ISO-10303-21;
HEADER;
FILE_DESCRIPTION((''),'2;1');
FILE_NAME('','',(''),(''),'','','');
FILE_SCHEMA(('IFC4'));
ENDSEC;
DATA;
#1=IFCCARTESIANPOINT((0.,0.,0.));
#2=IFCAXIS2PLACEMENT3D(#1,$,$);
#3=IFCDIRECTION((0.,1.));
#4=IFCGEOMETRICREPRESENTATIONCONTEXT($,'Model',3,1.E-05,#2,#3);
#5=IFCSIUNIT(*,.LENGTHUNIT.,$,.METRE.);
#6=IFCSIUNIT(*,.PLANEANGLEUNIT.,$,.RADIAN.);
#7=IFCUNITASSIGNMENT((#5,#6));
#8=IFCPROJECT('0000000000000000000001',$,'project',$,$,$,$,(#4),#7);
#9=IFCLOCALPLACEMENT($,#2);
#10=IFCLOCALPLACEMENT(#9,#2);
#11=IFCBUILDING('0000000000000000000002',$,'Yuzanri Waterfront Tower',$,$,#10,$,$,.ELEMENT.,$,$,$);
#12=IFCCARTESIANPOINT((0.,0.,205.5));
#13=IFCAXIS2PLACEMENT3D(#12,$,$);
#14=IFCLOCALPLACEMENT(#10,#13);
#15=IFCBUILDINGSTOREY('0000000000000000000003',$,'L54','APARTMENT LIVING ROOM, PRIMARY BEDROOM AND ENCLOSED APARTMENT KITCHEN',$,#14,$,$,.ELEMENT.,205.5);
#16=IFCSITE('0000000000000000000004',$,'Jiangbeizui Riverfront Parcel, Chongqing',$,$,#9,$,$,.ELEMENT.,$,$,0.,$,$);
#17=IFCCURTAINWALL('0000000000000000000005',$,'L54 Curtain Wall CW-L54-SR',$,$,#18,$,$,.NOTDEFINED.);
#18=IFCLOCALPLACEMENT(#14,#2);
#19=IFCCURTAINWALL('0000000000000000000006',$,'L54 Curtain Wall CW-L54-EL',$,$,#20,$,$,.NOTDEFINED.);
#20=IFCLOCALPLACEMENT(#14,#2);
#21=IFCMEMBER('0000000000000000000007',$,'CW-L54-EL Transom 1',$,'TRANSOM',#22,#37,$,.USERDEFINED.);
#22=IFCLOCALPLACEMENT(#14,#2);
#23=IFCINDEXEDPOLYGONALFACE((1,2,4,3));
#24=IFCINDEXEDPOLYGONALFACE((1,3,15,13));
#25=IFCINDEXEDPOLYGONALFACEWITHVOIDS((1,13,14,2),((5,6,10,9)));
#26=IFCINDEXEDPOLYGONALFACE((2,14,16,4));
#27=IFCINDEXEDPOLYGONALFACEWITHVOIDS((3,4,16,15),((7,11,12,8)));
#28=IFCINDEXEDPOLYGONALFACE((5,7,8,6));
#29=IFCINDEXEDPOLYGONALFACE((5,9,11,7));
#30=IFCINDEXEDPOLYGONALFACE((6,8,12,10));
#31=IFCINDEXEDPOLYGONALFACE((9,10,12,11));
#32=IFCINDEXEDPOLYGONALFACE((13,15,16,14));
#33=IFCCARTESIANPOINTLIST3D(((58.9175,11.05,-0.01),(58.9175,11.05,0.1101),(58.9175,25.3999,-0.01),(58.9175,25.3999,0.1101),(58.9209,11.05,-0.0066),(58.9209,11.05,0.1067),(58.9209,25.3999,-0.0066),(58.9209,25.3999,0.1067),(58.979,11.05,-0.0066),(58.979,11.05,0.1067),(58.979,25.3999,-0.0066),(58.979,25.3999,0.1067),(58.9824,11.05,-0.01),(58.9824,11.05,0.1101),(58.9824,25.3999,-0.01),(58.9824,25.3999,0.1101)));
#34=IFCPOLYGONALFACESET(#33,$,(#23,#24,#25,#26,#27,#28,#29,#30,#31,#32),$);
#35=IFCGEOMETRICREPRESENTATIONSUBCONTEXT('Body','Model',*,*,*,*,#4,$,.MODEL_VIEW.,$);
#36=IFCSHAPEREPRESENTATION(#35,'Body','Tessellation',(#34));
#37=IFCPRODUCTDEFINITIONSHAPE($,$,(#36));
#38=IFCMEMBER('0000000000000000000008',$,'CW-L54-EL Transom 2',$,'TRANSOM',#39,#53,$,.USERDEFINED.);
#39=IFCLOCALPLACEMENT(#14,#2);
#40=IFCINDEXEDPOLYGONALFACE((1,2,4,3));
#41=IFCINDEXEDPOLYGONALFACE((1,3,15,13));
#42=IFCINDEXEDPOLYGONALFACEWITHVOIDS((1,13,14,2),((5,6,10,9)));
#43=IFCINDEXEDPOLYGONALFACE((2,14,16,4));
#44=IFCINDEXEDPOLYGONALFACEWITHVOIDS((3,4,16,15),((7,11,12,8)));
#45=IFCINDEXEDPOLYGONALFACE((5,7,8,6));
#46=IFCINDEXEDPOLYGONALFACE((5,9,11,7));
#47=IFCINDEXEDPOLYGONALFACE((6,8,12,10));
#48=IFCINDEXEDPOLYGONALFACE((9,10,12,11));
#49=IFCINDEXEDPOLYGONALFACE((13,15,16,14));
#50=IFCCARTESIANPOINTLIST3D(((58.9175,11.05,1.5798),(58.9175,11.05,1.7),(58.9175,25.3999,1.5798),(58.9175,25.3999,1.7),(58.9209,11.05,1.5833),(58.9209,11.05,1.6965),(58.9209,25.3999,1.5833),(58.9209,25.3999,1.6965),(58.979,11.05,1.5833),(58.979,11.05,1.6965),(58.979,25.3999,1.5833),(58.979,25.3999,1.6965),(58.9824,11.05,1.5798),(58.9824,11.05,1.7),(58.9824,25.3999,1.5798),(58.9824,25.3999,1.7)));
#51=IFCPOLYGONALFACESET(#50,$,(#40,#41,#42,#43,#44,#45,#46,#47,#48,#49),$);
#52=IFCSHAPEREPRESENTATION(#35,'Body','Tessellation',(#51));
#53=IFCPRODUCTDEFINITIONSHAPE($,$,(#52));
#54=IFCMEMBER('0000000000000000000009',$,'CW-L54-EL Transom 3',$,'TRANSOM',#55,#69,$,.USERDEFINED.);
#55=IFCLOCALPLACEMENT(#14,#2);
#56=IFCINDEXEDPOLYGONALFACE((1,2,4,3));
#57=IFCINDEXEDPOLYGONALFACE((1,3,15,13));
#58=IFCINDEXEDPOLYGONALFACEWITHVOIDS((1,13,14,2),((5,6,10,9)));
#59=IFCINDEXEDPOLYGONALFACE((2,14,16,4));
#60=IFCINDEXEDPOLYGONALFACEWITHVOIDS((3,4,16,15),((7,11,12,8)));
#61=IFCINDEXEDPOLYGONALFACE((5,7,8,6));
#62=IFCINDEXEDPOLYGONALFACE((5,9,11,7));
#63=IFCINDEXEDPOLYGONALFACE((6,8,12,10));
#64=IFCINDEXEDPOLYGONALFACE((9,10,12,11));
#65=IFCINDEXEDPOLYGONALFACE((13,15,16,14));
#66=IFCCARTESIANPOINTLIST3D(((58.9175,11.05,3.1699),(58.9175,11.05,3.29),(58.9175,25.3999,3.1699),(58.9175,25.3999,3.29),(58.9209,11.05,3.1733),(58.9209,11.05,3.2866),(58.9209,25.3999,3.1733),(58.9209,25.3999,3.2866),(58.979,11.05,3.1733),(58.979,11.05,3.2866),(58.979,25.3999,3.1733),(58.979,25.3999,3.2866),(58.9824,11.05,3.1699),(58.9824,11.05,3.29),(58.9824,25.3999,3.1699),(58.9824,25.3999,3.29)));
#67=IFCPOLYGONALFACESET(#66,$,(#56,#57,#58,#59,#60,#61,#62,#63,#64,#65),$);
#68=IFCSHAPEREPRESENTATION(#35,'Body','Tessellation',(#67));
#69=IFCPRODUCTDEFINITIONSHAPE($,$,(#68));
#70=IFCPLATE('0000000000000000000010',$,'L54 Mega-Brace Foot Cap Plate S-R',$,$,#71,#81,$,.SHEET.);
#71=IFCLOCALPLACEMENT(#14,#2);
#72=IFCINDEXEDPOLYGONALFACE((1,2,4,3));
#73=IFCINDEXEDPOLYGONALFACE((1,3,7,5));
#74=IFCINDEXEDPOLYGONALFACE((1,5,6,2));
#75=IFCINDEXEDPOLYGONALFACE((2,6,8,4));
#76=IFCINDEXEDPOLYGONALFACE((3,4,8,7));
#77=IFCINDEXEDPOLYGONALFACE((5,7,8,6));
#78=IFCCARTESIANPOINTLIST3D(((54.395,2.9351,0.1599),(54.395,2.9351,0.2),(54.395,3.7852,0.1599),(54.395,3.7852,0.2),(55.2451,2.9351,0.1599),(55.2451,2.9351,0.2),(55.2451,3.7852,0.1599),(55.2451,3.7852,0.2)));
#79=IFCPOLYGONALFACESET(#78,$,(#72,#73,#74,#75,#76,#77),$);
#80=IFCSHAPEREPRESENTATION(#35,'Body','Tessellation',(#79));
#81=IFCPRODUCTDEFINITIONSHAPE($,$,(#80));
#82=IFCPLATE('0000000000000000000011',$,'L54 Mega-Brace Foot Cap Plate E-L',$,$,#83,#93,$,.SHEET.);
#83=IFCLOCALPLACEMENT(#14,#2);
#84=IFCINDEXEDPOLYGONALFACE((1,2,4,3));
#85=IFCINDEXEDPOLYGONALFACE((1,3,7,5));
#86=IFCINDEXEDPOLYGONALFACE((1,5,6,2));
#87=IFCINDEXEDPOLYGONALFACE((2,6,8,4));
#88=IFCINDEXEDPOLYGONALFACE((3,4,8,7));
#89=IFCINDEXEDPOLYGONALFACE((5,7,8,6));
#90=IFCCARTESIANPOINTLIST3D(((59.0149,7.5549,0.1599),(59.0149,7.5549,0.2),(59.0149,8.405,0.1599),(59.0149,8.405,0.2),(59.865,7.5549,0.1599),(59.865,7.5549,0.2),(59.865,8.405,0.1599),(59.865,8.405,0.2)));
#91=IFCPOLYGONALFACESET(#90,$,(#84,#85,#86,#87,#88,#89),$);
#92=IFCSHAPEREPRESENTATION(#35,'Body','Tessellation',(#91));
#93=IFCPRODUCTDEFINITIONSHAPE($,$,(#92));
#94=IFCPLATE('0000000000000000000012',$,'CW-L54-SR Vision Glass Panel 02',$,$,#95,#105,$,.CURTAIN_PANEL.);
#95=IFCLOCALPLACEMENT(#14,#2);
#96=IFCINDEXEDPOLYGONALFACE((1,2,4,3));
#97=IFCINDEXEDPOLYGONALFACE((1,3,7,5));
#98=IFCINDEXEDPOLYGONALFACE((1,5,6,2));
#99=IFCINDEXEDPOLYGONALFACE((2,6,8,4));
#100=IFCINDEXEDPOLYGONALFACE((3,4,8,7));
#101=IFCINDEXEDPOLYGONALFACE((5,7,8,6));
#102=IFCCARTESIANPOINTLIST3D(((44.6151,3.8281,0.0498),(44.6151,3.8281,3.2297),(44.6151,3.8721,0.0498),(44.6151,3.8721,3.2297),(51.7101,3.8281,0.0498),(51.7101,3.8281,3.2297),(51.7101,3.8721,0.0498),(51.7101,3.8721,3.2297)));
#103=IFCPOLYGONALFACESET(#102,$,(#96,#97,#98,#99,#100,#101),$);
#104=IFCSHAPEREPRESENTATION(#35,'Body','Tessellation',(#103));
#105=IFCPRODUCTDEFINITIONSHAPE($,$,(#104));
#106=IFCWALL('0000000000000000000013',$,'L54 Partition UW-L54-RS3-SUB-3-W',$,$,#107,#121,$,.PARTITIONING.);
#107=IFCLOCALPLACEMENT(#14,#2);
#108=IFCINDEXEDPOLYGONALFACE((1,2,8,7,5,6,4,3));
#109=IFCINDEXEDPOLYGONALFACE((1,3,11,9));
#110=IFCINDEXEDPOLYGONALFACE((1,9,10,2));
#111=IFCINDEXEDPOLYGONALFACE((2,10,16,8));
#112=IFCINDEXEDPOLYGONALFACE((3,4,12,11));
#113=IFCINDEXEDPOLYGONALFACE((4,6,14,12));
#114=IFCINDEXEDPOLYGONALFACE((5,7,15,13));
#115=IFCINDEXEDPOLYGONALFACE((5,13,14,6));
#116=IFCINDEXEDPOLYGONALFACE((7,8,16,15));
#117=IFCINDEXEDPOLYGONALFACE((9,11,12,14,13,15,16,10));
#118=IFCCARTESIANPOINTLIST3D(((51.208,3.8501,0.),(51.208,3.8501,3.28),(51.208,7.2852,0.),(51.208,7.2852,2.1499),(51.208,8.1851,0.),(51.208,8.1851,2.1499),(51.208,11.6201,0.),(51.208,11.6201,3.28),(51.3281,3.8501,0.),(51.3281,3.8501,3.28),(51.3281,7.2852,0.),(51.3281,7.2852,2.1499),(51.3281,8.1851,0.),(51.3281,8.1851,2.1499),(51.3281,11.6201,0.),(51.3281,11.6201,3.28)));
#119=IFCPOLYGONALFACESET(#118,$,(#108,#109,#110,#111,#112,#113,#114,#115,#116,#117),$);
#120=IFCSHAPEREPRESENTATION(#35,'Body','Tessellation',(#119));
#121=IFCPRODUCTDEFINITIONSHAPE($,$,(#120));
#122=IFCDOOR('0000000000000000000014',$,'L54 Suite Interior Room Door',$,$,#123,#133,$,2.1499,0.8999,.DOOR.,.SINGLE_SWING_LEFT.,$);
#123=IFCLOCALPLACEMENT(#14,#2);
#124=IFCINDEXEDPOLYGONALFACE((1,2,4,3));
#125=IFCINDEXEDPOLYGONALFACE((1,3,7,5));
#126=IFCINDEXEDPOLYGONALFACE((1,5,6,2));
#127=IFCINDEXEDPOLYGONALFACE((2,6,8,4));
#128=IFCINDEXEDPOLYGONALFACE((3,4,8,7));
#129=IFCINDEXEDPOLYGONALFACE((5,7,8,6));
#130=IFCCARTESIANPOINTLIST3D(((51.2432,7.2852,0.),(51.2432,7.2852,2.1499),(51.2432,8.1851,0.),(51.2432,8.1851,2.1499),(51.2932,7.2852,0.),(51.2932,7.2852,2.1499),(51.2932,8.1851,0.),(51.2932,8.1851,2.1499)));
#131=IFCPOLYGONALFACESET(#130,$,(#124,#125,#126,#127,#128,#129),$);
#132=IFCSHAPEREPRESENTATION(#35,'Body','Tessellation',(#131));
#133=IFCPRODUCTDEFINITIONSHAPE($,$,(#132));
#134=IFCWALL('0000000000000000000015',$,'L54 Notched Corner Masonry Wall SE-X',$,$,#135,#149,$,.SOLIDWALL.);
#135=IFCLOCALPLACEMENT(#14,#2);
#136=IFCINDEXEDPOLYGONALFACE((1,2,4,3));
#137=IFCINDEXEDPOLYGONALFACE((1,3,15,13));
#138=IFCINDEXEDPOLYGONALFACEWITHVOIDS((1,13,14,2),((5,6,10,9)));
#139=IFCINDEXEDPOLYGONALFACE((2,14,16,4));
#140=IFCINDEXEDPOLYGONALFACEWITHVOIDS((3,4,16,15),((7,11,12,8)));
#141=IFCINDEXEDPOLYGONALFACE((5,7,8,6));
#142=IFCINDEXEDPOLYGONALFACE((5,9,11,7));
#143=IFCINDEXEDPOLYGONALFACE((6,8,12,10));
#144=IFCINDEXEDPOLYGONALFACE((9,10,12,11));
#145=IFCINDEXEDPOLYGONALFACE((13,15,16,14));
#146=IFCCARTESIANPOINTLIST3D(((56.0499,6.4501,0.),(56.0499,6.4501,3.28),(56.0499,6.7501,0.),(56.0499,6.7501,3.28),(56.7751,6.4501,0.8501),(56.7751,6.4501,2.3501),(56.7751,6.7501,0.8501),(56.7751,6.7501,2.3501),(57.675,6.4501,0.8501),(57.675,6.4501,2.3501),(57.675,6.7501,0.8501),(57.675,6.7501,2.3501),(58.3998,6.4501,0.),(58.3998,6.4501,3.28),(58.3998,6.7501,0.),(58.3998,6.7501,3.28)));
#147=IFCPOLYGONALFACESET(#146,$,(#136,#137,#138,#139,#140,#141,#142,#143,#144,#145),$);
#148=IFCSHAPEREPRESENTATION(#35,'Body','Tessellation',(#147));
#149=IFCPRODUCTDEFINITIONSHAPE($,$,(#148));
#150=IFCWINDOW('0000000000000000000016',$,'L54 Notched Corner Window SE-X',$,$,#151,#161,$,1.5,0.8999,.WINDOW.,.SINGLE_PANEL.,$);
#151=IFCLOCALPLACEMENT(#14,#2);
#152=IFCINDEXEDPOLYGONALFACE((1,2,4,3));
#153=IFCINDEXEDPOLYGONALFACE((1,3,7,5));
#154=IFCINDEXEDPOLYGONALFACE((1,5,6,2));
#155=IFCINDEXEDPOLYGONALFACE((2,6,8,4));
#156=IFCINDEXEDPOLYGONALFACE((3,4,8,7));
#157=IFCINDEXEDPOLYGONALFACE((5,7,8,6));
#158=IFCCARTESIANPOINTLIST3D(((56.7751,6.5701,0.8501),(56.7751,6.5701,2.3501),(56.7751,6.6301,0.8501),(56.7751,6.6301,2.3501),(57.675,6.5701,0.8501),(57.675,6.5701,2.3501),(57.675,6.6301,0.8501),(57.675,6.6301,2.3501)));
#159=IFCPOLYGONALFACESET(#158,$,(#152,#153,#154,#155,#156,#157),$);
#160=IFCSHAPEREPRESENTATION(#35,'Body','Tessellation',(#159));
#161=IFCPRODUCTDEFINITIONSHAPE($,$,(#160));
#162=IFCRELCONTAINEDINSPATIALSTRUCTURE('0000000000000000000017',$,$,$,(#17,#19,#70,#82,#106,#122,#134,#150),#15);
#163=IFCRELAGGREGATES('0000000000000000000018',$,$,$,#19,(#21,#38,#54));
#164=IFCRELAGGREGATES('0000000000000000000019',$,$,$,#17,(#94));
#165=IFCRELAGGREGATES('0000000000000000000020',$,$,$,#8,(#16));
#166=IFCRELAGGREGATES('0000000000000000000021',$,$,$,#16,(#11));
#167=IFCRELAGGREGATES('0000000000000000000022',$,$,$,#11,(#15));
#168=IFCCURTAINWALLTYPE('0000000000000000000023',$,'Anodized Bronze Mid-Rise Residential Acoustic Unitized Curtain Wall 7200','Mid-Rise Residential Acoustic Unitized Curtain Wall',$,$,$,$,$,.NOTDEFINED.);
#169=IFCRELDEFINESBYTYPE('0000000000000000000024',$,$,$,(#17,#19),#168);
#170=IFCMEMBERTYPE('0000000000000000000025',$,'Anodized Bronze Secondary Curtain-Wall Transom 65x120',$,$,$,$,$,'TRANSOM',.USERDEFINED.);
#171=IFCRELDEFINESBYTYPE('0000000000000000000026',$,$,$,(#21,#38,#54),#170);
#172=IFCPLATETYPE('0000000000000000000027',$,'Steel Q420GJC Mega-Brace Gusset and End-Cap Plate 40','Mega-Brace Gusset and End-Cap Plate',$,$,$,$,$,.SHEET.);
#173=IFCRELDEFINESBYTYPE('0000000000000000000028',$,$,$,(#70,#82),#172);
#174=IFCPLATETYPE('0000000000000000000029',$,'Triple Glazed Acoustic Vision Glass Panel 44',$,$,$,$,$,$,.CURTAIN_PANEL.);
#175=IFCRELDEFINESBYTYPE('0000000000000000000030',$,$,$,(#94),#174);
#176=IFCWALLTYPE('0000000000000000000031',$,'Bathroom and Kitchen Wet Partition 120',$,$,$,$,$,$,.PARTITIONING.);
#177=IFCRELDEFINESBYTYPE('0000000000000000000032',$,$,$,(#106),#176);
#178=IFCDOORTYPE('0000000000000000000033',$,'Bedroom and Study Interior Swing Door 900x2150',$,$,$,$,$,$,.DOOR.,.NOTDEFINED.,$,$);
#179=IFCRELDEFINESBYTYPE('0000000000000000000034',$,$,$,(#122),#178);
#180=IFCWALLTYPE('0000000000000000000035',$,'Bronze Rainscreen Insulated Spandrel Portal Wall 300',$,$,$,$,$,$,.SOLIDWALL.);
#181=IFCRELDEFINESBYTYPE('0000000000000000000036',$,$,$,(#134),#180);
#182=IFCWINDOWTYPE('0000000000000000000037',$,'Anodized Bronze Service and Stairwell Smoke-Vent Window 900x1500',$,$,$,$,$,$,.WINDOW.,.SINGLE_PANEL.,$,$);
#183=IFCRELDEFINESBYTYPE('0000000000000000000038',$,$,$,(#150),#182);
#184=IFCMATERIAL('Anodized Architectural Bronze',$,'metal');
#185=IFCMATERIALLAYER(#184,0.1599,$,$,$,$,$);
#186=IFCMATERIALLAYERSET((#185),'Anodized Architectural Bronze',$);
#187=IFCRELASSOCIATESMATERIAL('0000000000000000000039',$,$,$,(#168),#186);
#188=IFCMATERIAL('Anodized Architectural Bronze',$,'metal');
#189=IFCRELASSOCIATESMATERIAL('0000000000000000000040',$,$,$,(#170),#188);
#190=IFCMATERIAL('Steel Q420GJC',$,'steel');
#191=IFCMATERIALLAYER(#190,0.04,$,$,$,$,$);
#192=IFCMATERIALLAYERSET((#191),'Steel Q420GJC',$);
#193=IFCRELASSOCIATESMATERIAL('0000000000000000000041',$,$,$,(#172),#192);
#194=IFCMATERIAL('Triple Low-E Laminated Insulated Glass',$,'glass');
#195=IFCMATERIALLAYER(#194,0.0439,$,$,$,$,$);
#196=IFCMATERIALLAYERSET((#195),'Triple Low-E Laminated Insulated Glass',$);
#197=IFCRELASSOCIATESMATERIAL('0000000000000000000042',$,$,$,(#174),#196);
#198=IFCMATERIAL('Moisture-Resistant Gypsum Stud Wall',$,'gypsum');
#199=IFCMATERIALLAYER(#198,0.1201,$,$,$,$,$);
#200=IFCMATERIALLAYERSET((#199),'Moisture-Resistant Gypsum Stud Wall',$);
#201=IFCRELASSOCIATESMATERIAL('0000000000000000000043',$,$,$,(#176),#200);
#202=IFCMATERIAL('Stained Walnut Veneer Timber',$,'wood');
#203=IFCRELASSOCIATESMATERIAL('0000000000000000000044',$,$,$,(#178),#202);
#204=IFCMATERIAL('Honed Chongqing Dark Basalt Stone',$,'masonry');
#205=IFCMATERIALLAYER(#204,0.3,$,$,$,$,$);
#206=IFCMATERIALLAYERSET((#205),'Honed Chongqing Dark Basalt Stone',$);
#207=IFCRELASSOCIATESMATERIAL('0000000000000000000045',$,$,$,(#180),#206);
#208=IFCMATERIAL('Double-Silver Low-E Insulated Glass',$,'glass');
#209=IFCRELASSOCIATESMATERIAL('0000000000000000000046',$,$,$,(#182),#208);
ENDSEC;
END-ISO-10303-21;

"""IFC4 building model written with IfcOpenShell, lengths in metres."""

from ifc_helpers import new_model, si_unit, direction, frame, frame_2d, origin, origin_2d, place, context, subcontext, project, spatial, rectangle, hollow_rectangle, extrude, source, transform, mapped, material, layer, layer_set, material_profile, profile_set, type_object, element, fill, aggregate, save


model = new_model("IFC4")

# Units and contexts
model_context = context("Model", 3, precision=1e-05, world=origin(), true_north=direction((0.0, 1.0)))
body_context = subcontext(model_context, "Body", "Model", "MODEL_VIEW")
ifc_project = project(units=[si_unit("LENGTHUNIT", "METRE"), si_unit("PLANEANGLEUNIT", "RADIAN")], contexts=[model_context])

# Site, building, storey
site_placement = place(None, origin())
site = spatial("IfcSite", under=ifc_project, at=site_placement, Name="Jiangbeizui Riverfront Parcel, Chongqing", CompositionType="ELEMENT", RefElevation=0.0)
building_placement = place(site_placement, origin())
building = spatial("IfcBuilding", under=site, at=building_placement, Name="Yuzanri Waterfront Tower", CompositionType="ELEMENT")
storey_placement = place(building_placement, frame((0.0, 0.0, 205.5)))
storey = spatial("IfcBuildingStorey", under=building, at=storey_placement, Name="L54", Description="APARTMENT LIVING ROOM, PRIMARY BEDROOM AND ENCLOSED APARTMENT KITCHEN", CompositionType="ELEMENT", Elevation=205.5)

# Curtain walls, members
ifc_material_1 = material(Name="Anodized Architectural Bronze", Category="metal")
ifc_layer_1 = layer(ifc_material_1, 0.1599)
ifc_layer_set_1 = layer_set([ifc_layer_1], Name="Anodized Architectural Bronze")
curtain_wall_type = type_object("IfcCurtainWallType", Name="Anodized Bronze Mid-Rise Residential Acoustic Unitized Curtain Wall 7200", Description="Mid-Rise Residential Acoustic Unitized Curtain Wall", PredefinedType="NOTDEFINED", material=ifc_layer_set_1)
curtain_wall_1_placement = place(storey_placement, origin())
curtain_wall_1 = element("IfcCurtainWall", 1, at=curtain_wall_1_placement, inside=storey, type_object=curtain_wall_type, Name="L54 Curtain Wall CW-L54-SR", PredefinedType="NOTDEFINED")
curtain_wall_2_placement = place(storey_placement, origin())
curtain_wall_2 = element("IfcCurtainWall", 2, at=curtain_wall_2_placement, inside=storey, type_object=curtain_wall_type, Name="L54 Curtain Wall CW-L54-EL", PredefinedType="NOTDEFINED")
ifc_material_2 = material(Name="Anodized Architectural Bronze", Category="metal")
ifc_material_profile_1 = material_profile(ifc_material_2, hollow_rectangle(XDim=0.0649, YDim=0.1201, WallThickness=0.0034, at=origin_2d()), Name="CWT 65x120")
ifc_profile_set_1 = profile_set([ifc_material_profile_1], Name="Anodized Architectural Bronze")
member_type_1 = type_object("IfcMemberType", Name="Anodized Bronze Secondary Curtain-Wall Transom 65x120", ElementType="TRANSOM", PredefinedType="USERDEFINED", material=ifc_profile_set_1)
shared_shape_1 = source(origin(), body_context, "Body", "SweptSolid", [
    extrude(hollow_rectangle(XDim=0.0649, YDim=0.1201, WallThickness=0.0034, at=origin_2d()), origin(), (0.0, 0.0, 1.0), 14.3499),
])
member_1_placement = place(storey_placement, frame((58.95, 11.05, 0.05), z_axis=(0.0, 1.0, 0.0), x_axis=(-1.0, 0.0, 0.0)))
member_1 = element("IfcMember", 3, at=member_1_placement, type_object=member_type_1, Name="CW-L54-EL Transom 1", ObjectType="TRANSOM", PredefinedType="USERDEFINED", context=body_context, shape_type="MappedRepresentation", body=[
    mapped(shared_shape_1, transform((0.0, 0.0, 0.0), scale=1.0)),
])
member_2_placement = place(storey_placement, frame((58.95, 11.05, 1.6399), z_axis=(0.0, 1.0, 0.0), x_axis=(-1.0, 0.0, 0.0)))
member_2 = element("IfcMember", 4, at=member_2_placement, type_object=member_type_1, Name="CW-L54-EL Transom 2", ObjectType="TRANSOM", PredefinedType="USERDEFINED", context=body_context, shape_type="MappedRepresentation", body=[
    mapped(shared_shape_1, transform((0.0, 0.0, 0.0), scale=1.0)),
])
member_3_placement = place(storey_placement, frame((58.95, 11.05, 3.23), z_axis=(0.0, 1.0, 0.0), x_axis=(-1.0, 0.0, 0.0)))
member_3 = element("IfcMember", 5, at=member_3_placement, type_object=member_type_1, Name="CW-L54-EL Transom 3", ObjectType="TRANSOM", PredefinedType="USERDEFINED", context=body_context, shape_type="MappedRepresentation", body=[
    mapped(shared_shape_1, transform((0.0, 0.0, 0.0), scale=1.0)),
])
aggregate(curtain_wall_2, [member_1, member_2, member_3])

# Plates
ifc_material_3 = material(Name="Steel Q420GJC", Category="steel")
ifc_layer_2 = layer(ifc_material_3, 0.04)
ifc_layer_set_2 = layer_set([ifc_layer_2], Name="Steel Q420GJC")
plate_type_1 = type_object("IfcPlateType", Name="Steel Q420GJC Mega-Brace Gusset and End-Cap Plate 40", Description="Mega-Brace Gusset and End-Cap Plate", PredefinedType="SHEET", material=ifc_layer_set_2)
shared_shape_2 = source(origin(), body_context, "Body", "SweptSolid", [
    extrude(rectangle(XDim=0.8501, YDim=0.8501, at=origin_2d()), origin(), (0.0, 0.0, 1.0), 0.04),
])
for number, where, z_axis, x_axis, name in (
    (6, (54.8201, 3.3601, 0.1599), (0.0, 0.0, 1.0), (1.0, 0.0, 0.0), "L54 Mega-Brace Foot Cap Plate S-R"),
    (7, (59.4399, 7.98, 0.1599), (0.0, 0.0, 1.0), (1.0, 0.0, 0.0), "L54 Mega-Brace Foot Cap Plate E-L"),
):
    element("IfcPlate", number, at=place(storey_placement, frame(where, z_axis=z_axis, x_axis=x_axis)), inside=storey, type_object=plate_type_1, Name=name, PredefinedType="SHEET", context=body_context, shape_type="MappedRepresentation", body=[
        mapped(shared_shape_2, transform((0.0, 0.0, 0.0), scale=1.0)),
    ])

# Plate
ifc_material_4 = material(Name="Triple Low-E Laminated Insulated Glass", Category="glass")
ifc_layer_3 = layer(ifc_material_4, 0.0439)
ifc_layer_set_3 = layer_set([ifc_layer_3], Name="Triple Low-E Laminated Insulated Glass")
plate_type_2 = type_object("IfcPlateType", Name="Triple Glazed Acoustic Vision Glass Panel 44", PredefinedType="CURTAIN_PANEL", material=ifc_layer_set_3)
shared_shape_3 = source(origin(), body_context, "Body", "SweptSolid", [
    extrude(rectangle(XDim=7.095, YDim=0.0439, at=origin_2d()), origin(), (0.0, 0.0, 1.0), 3.1799),
])
plate_placement = place(storey_placement, frame((48.1626, 3.8501, 0.0498), z_axis=(0.0, 0.0, 1.0), x_axis=(1.0, 0.0, 0.0)))
plate = element("IfcPlate", 8, at=plate_placement, type_object=plate_type_2, Name="CW-L54-SR Vision Glass Panel 02", PredefinedType="CURTAIN_PANEL", context=body_context, shape_type="MappedRepresentation", body=[
    mapped(shared_shape_3, transform((0.0, 0.0, 0.0), scale=1.0)),
])
aggregate(curtain_wall_1, [plate])

# Wall, opening, door
ifc_material_5 = material(Name="Moisture-Resistant Gypsum Stud Wall", Category="gypsum")
ifc_layer_4 = layer(ifc_material_5, 0.1201)
ifc_layer_set_4 = layer_set([ifc_layer_4], Name="Moisture-Resistant Gypsum Stud Wall")
wall_type_1 = type_object("IfcWallType", Name="Bathroom and Kitchen Wet Partition 120", PredefinedType="PARTITIONING", material=ifc_layer_set_4)
wall_1_placement = place(storey_placement, frame((51.2681, 3.8501, 0.0), z_axis=(0.0, 0.0, 1.0), x_axis=(0.0, 1.0, 0.0)))
wall_1 = element("IfcWall", 9, at=wall_1_placement, inside=storey, type_object=wall_type_1, Name="L54 Partition UW-L54-RS3-SUB-3-W", PredefinedType="PARTITIONING", context=body_context, shape_type="SweptSolid", body=[
    extrude(rectangle(XDim=7.77, YDim=0.1201, at=frame_2d((3.885, 0.0))), origin(), (0.0, 0.0, 1.0), 3.28),
])
opening_1_placement = place(wall_1_placement, frame((3.4351, 0.0, 0.0)))
opening_1 = element("IfcOpeningElement", 10, at=opening_1_placement, cuts=wall_1, PredefinedType="OPENING", context=body_context, shape_type="SweptSolid", body=[
    extrude(rectangle(XDim=0.8999, YDim=2.1499, at=frame_2d((0.45, 1.075))), frame((0.0, 0.075, 0.0), z_axis=(0.0, -1.0, 0.0), x_axis=(1.0, 0.0, 0.0)), (0.0, 0.0, 1.0), 0.1499),
])
ifc_material_6 = material(Name="Stained Walnut Veneer Timber", Category="wood")
door_type = type_object("IfcDoorType", Name="Bedroom and Study Interior Swing Door 900x2150", OperationType="NOTDEFINED", PredefinedType="DOOR", material=ifc_material_6)
shared_shape_4 = source(origin(), body_context, "Body", "SweptSolid", [
    extrude(rectangle(XDim=0.8999, YDim=2.1499, at=frame_2d((0.45, 1.075))), frame((0.0, 0.0249, 0.0), z_axis=(0.0, -1.0, 0.0), x_axis=(1.0, 0.0, 0.0)), (0.0, 0.0, 1.0), 0.05),
])
door_placement = place(opening_1_placement, origin())
door = element("IfcDoor", 11, at=door_placement, inside=storey, type_object=door_type, Name="L54 Suite Interior Room Door", OperationType="SINGLE_SWING_LEFT", OverallHeight=2.1499, OverallWidth=0.8999, PredefinedType="DOOR", context=body_context, shape_type="MappedRepresentation", body=[
    mapped(shared_shape_4, transform((0.0, 0.0, 0.0), scale=1.0)),
])
fill(opening_1, door)

# Wall, opening, window
ifc_material_7 = material(Name="Honed Chongqing Dark Basalt Stone", Category="masonry")
ifc_layer_5 = layer(ifc_material_7, 0.3)
ifc_layer_set_5 = layer_set([ifc_layer_5], Name="Honed Chongqing Dark Basalt Stone")
wall_type_2 = type_object("IfcWallType", Name="Bronze Rainscreen Insulated Spandrel Portal Wall 300", PredefinedType="SOLIDWALL", material=ifc_layer_set_5)
wall_2_placement = place(storey_placement, frame((56.05, 6.6001, 0.0), z_axis=(0.0, 0.0, 1.0), x_axis=(1.0, 0.0, 0.0)))
wall_2 = element("IfcWall", 12, at=wall_2_placement, inside=storey, type_object=wall_type_2, Name="L54 Notched Corner Masonry Wall SE-X", PredefinedType="SOLIDWALL", context=body_context, shape_type="SweptSolid", body=[
    extrude(rectangle(XDim=2.3499, YDim=0.3, at=frame_2d((1.1748, 0.0))), origin(), (0.0, 0.0, 1.0), 3.28),
])
opening_2_placement = place(wall_2_placement, frame((0.7251, 0.0, 0.8501)))
opening_2 = element("IfcOpeningElement", 13, at=opening_2_placement, cuts=wall_2, PredefinedType="OPENING", context=body_context, shape_type="SweptSolid", body=[
    extrude(rectangle(XDim=0.8999, YDim=1.5, at=frame_2d((0.45, 0.75))), frame((0.0, 0.165, 0.0), z_axis=(0.0, -1.0, 0.0), x_axis=(1.0, 0.0, 0.0)), (0.0, 0.0, 1.0), 0.3298),
])
ifc_material_8 = material(Name="Double-Silver Low-E Insulated Glass", Category="glass")
window_type_1 = type_object("IfcWindowType", Name="Anodized Bronze Service and Stairwell Smoke-Vent Window 900x1500", PartitioningType="SINGLE_PANEL", PredefinedType="WINDOW", material=ifc_material_8)
shared_shape_5 = source(origin(), body_context, "Body", "SweptSolid", [
    extrude(rectangle(XDim=0.8999, YDim=1.5, at=frame_2d((0.45, 0.75))), frame((0.0, 0.03, 0.0), z_axis=(0.0, -1.0, 0.0), x_axis=(1.0, 0.0, 0.0)), (0.0, 0.0, 1.0), 0.0601),
])
window_1_placement = place(opening_2_placement, origin())
window_1 = element("IfcWindow", 14, at=window_1_placement, inside=storey, type_object=window_type_1, Name="L54 Notched Corner Window SE-X", OverallHeight=1.5, OverallWidth=0.8999, PartitioningType="SINGLE_PANEL", PredefinedType="WINDOW", context=body_context, shape_type="MappedRepresentation", body=[
    mapped(shared_shape_5, transform((0.0, 0.0, 0.0), scale=1.0)),
])
fill(opening_2, window_1)

save(model, "model.ifc")
